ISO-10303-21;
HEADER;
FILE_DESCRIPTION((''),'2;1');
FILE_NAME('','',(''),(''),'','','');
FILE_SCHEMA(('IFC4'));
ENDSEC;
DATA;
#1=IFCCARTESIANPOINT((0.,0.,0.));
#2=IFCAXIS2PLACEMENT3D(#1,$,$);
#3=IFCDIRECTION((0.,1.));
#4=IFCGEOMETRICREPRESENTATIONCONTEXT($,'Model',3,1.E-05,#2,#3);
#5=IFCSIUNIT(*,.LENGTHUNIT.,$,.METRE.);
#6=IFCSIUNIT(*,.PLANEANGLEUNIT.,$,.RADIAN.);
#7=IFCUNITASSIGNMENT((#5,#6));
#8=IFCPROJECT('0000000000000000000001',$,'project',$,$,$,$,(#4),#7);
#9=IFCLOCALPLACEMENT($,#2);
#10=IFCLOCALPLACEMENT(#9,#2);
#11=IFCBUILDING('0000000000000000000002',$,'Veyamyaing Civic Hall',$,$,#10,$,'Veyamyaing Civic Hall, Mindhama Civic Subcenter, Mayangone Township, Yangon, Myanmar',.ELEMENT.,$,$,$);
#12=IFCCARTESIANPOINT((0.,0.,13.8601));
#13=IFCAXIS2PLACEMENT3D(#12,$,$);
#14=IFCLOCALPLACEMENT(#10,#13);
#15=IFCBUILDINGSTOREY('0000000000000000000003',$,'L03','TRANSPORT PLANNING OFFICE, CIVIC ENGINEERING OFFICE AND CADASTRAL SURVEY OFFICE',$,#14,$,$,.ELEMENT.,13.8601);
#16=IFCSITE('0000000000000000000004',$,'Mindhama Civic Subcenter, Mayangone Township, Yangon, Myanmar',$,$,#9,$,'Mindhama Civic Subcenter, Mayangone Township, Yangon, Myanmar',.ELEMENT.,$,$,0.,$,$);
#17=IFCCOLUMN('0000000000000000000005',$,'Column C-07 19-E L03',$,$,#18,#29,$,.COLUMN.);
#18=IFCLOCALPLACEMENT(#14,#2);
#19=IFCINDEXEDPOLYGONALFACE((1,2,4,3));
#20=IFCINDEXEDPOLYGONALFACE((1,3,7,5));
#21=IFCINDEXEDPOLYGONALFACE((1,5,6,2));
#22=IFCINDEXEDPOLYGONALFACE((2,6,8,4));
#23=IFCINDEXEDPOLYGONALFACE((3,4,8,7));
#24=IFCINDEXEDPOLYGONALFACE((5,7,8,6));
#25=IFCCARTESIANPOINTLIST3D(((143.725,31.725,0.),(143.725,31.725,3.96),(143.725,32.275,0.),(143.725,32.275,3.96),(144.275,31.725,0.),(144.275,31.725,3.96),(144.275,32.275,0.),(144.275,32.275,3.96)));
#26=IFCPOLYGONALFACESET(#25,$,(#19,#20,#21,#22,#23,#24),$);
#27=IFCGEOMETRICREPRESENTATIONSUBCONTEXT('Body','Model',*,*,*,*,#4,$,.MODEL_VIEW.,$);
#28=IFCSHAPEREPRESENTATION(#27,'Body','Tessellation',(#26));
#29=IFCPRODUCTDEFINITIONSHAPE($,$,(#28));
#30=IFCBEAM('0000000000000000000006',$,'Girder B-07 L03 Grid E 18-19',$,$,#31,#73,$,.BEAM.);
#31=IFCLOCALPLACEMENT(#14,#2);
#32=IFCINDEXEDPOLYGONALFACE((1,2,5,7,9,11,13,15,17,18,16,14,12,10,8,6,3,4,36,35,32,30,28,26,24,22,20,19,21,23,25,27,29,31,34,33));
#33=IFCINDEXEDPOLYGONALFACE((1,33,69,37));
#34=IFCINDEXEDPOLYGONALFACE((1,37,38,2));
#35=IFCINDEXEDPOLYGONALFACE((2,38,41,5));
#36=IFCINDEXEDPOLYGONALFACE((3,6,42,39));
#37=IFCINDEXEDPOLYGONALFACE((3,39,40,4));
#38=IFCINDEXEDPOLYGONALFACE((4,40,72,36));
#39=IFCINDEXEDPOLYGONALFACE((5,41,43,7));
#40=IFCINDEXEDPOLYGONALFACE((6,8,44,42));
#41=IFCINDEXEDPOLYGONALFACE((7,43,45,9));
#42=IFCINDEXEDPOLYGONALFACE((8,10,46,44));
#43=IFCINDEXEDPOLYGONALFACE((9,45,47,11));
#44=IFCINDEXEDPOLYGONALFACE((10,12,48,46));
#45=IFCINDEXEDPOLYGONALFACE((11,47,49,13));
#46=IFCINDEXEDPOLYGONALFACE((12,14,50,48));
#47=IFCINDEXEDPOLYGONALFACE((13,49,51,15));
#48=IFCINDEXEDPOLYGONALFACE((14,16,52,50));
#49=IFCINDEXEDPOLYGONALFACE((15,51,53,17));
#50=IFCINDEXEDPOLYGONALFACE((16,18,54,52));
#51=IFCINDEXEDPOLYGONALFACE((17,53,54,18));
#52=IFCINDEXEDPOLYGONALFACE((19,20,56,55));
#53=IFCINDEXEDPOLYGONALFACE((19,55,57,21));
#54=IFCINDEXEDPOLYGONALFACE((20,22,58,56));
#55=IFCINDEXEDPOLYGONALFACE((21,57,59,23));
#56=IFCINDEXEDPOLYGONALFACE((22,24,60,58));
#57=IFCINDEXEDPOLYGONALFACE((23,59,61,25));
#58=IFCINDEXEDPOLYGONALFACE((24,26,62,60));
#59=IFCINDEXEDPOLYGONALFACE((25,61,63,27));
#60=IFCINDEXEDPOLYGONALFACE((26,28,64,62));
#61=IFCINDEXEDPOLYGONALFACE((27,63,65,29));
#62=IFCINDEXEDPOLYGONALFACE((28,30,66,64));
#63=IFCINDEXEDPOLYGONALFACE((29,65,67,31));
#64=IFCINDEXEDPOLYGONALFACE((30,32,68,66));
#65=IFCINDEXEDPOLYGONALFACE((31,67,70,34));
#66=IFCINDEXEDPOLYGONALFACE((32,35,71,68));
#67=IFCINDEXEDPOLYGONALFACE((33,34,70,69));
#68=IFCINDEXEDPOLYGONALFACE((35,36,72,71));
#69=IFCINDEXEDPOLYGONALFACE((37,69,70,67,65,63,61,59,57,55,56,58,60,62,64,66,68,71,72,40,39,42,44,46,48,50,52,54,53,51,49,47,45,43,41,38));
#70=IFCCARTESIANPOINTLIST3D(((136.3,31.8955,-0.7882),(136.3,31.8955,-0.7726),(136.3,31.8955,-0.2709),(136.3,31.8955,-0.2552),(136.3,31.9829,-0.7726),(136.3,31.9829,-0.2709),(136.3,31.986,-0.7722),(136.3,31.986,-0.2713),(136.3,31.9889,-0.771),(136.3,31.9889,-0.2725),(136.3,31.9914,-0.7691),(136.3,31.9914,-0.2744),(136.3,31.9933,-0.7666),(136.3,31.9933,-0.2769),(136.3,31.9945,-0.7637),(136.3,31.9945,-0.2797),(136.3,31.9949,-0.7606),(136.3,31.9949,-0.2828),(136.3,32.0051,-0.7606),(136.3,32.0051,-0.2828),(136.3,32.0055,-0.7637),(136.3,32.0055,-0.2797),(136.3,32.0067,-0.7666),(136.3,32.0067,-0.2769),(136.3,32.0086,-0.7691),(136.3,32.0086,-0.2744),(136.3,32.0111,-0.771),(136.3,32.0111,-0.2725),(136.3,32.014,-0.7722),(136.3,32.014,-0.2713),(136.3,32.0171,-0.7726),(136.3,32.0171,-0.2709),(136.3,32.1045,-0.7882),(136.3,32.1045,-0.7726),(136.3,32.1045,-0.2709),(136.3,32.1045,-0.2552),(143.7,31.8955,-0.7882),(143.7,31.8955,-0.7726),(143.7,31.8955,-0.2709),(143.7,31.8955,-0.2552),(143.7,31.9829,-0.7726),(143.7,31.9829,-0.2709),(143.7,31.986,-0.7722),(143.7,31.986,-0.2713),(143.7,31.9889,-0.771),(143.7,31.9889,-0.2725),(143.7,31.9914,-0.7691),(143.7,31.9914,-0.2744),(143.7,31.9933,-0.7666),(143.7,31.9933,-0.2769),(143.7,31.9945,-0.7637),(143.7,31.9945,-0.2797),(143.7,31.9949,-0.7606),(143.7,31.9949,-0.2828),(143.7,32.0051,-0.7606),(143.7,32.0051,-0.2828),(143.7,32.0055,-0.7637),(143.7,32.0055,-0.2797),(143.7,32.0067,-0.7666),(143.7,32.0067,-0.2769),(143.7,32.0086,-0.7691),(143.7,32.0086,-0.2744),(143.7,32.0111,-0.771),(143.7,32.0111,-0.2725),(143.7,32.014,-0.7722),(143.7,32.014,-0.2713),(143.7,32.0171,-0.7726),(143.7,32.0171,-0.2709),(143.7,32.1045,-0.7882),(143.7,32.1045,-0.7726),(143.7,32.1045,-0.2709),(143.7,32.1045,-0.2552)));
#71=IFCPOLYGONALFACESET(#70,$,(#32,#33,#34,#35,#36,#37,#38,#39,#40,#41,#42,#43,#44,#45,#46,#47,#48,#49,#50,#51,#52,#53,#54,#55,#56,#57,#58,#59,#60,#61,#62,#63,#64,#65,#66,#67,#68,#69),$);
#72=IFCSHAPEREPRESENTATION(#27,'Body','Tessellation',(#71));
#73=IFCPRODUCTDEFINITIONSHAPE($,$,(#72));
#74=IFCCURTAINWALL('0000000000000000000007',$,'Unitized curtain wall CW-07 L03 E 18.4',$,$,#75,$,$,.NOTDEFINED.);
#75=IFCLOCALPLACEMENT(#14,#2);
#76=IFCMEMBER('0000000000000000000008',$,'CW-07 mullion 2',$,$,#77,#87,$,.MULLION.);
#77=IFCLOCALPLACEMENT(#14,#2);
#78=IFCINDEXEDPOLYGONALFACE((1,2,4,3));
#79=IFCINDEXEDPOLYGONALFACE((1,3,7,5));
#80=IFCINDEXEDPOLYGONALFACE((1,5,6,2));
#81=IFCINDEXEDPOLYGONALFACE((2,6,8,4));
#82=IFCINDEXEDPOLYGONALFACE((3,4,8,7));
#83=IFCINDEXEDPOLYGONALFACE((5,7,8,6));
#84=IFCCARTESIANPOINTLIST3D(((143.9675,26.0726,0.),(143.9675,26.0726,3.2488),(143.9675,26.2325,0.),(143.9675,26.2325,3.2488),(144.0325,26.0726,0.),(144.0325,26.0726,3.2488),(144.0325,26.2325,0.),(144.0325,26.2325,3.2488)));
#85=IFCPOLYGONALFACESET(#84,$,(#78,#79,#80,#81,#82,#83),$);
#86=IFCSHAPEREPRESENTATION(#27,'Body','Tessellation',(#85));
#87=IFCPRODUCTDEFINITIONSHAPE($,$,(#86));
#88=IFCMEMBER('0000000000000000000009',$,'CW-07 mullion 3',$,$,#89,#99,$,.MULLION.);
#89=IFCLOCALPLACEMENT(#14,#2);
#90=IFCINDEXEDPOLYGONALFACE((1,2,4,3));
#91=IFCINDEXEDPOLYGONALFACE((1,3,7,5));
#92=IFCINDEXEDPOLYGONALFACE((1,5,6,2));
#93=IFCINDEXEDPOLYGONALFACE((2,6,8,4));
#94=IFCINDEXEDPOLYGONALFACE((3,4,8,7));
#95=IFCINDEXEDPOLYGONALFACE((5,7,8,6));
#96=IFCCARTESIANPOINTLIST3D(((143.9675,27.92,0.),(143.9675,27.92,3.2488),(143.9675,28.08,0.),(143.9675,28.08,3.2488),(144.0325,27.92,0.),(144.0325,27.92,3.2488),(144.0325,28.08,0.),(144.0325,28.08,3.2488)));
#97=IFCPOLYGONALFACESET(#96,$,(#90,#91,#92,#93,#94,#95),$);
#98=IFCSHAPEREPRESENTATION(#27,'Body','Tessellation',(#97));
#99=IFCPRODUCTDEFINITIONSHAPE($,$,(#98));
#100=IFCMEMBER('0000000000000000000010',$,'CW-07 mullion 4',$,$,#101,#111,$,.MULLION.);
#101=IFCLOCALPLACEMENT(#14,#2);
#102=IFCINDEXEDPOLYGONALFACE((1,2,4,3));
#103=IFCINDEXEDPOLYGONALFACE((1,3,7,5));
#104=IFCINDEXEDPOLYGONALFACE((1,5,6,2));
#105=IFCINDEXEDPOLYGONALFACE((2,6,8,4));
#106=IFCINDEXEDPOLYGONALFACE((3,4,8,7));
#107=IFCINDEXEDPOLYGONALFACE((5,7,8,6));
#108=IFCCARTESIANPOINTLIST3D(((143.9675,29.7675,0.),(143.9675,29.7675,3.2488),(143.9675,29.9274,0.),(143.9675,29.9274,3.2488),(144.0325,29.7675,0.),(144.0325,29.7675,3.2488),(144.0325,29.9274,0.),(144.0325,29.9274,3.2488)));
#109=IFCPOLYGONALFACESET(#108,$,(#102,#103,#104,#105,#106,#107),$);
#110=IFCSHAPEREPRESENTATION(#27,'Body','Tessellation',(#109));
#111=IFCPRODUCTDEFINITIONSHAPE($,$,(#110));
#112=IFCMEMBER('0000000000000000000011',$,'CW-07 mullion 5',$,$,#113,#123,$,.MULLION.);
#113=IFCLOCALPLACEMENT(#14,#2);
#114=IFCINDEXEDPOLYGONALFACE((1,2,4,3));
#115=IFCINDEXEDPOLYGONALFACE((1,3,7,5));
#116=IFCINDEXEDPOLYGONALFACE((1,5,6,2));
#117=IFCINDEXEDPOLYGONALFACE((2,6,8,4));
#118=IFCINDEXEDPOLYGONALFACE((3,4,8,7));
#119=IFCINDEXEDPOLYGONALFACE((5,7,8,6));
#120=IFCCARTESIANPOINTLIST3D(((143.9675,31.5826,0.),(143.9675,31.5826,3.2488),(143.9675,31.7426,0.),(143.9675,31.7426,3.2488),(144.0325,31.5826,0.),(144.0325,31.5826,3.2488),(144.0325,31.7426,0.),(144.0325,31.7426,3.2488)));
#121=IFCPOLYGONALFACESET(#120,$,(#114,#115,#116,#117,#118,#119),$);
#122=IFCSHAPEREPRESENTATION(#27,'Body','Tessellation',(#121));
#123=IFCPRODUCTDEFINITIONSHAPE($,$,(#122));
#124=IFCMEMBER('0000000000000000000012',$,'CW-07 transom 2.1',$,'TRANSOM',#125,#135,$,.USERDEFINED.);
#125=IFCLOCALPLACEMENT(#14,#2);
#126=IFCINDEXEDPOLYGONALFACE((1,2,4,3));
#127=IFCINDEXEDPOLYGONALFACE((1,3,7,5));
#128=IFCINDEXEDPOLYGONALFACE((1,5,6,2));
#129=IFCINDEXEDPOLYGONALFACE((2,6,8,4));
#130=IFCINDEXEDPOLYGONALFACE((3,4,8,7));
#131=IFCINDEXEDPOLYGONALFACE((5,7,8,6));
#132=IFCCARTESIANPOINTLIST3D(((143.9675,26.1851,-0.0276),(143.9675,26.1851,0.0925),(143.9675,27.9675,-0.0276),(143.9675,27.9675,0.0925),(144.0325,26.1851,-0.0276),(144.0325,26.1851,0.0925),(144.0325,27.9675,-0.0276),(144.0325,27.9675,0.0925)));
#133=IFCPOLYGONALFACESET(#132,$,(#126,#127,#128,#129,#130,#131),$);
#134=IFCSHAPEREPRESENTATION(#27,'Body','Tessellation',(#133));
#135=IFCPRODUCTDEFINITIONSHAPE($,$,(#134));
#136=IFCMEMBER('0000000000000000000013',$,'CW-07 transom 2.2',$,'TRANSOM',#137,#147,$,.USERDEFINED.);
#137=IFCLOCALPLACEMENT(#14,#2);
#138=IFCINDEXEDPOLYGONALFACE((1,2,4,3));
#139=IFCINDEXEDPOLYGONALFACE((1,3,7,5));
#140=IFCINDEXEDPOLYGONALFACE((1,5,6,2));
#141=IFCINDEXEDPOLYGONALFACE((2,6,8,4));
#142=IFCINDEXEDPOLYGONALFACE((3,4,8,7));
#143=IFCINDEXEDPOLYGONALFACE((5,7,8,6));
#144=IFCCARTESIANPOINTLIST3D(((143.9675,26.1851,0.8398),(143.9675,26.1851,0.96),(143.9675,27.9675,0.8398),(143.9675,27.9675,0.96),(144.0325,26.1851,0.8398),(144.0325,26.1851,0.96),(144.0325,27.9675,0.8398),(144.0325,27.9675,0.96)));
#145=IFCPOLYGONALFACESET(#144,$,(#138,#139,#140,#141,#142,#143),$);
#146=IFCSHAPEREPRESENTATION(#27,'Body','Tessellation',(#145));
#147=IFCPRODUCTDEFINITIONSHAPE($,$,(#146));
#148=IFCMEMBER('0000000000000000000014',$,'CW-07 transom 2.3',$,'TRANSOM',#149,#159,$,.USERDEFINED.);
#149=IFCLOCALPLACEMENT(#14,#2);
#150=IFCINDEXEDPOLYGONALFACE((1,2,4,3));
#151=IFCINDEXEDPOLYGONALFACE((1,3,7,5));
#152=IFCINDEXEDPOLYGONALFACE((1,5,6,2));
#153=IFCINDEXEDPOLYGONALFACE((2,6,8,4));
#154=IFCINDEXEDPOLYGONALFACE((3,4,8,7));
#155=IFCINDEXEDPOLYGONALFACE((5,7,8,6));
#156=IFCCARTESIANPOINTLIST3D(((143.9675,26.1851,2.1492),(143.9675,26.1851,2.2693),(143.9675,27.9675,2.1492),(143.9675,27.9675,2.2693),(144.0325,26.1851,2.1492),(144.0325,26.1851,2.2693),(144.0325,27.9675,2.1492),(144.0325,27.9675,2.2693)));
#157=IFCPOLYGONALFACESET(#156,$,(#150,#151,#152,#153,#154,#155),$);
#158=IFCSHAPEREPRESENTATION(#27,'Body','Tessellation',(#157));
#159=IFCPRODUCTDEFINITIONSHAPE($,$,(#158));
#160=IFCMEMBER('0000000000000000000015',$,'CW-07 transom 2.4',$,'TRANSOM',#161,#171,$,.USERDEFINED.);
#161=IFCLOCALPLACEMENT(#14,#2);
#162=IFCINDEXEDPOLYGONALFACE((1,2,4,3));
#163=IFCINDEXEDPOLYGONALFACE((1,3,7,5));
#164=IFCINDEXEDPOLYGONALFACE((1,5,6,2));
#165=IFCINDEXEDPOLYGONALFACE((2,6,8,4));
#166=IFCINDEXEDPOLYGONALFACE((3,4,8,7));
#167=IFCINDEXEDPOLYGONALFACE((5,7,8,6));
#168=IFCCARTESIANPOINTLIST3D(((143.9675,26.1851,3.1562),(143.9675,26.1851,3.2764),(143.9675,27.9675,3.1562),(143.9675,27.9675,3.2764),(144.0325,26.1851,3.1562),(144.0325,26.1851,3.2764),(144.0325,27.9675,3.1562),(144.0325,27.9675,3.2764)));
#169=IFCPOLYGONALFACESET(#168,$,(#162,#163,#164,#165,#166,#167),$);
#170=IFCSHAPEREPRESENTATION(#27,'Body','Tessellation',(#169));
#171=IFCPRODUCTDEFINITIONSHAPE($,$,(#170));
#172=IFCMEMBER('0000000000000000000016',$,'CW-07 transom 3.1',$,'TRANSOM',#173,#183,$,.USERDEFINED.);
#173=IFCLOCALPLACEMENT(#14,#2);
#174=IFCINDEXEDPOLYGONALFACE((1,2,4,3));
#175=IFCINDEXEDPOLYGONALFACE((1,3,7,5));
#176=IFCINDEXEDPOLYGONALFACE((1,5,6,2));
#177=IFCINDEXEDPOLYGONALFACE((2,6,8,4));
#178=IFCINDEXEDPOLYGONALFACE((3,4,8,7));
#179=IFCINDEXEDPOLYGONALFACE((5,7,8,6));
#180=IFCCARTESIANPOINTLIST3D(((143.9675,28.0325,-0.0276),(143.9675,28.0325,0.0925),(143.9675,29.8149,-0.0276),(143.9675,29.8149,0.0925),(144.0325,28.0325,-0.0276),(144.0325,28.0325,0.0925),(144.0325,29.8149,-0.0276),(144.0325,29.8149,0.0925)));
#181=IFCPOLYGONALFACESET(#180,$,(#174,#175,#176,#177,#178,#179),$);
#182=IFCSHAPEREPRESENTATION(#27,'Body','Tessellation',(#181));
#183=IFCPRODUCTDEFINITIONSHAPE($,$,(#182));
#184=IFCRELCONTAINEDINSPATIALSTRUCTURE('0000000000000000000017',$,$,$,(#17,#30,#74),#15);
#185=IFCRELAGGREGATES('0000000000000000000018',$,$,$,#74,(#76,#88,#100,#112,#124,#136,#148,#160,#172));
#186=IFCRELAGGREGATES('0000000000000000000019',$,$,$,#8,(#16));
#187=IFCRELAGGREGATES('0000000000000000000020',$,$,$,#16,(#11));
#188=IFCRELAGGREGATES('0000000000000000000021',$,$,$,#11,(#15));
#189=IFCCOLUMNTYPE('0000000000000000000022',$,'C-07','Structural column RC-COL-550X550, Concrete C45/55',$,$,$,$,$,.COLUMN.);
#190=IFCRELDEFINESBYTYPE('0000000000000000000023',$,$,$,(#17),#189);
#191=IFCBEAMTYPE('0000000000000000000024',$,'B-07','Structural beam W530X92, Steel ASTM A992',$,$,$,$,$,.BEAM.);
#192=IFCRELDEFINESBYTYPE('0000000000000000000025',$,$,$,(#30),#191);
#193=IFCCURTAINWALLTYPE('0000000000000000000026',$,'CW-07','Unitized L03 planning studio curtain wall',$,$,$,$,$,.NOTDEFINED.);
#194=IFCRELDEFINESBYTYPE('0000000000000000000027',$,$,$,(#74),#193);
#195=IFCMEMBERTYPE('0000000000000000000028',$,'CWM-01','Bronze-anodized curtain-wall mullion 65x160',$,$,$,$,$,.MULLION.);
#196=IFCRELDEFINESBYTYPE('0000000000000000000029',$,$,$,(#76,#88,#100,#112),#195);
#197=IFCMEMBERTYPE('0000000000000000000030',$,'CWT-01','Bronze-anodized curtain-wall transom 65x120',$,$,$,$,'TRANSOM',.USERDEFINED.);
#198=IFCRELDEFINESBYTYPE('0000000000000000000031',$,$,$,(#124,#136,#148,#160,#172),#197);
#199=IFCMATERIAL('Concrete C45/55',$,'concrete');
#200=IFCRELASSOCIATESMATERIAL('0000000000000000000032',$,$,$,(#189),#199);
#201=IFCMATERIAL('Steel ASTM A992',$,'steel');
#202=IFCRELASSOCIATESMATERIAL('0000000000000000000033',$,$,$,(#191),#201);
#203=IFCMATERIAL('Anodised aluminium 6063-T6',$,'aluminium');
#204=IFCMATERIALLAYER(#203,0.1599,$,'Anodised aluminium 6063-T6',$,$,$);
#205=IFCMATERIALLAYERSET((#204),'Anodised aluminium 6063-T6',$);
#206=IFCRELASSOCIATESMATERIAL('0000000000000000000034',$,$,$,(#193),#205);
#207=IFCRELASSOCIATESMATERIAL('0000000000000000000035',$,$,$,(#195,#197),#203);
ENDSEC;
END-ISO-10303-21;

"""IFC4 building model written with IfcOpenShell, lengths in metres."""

from ifc_helpers import new_model, si_unit, direction, frame, origin, origin_2d, place, context, subcontext, project, spatial, rectangle, i_section, extrude, material, layer, layer_set, material_profile, profile_set, type_object, element, aggregate, save


model = new_model("IFC4")

# Units and contexts
model_context = context("Model", 3, precision=1e-05, world=origin(), true_north=direction((0.0, 1.0)))
body_context = subcontext(model_context, "Body", "Model", "MODEL_VIEW")
ifc_project = project(units=[si_unit("LENGTHUNIT", "METRE"), si_unit("PLANEANGLEUNIT", "RADIAN")], contexts=[model_context])

# Site, building, storey
site_placement = place(None, origin())
site = spatial("IfcSite", under=ifc_project, at=site_placement, Name="Mindhama Civic Subcenter, Mayangone Township, Yangon, Myanmar", LongName="Mindhama Civic Subcenter, Mayangone Township, Yangon, Myanmar", CompositionType="ELEMENT", RefElevation=0.0)
building_placement = place(site_placement, origin())
building = spatial("IfcBuilding", under=site, at=building_placement, Name="Veyamyaing Civic Hall", LongName="Veyamyaing Civic Hall, Mindhama Civic Subcenter, Mayangone Township, Yangon, Myanmar", CompositionType="ELEMENT")
storey_placement = place(building_placement, frame((0.0, 0.0, 13.8601)))
storey = spatial("IfcBuildingStorey", under=building, at=storey_placement, Name="L03", Description="TRANSPORT PLANNING OFFICE, CIVIC ENGINEERING OFFICE AND CADASTRAL SURVEY OFFICE", CompositionType="ELEMENT", Elevation=13.8601)

# Column
ifc_material_1 = material(Name="Concrete C45/55", Category="concrete")
ifc_material_profile_1 = material_profile(ifc_material_1, rectangle(XDim=0.55, YDim=0.55, at=origin_2d()), Name="RC-COL-550X550")
ifc_profile_set_1 = profile_set([ifc_material_profile_1], Name="Concrete C45/55")
column_type = type_object("IfcColumnType", Name="C-07", Description="Structural column RC-COL-550X550, Concrete C45/55", PredefinedType="COLUMN", material=ifc_profile_set_1)
column_placement = place(storey_placement, frame((144.0, 32.0, 0.0), z_axis=(0.0, 0.0, 1.0), x_axis=(1.0, 0.0, 0.0)))
element("IfcColumn", 1, at=column_placement, inside=storey, type_object=column_type, Name="Column C-07 19-E L03", PredefinedType="COLUMN", context=body_context, shape_type="SweptSolid", body=[
    extrude(rectangle(XDim=0.55, YDim=0.55, at=origin_2d()), origin(), (0.0, 0.0, 1.0), 3.96),
])

# Beam
ifc_material_2 = material(Name="Steel ASTM A992", Category="steel")
ifc_material_profile_2 = material_profile(ifc_material_2, i_section(OverallWidth=0.209, OverallDepth=0.533, WebThickness=0.0103, FlangeThickness=0.0156, FilletRadius=0.012, at=origin_2d()), Name="W530X92")
ifc_profile_set_2 = profile_set([ifc_material_profile_2], Name="Steel ASTM A992")
beam_type_1 = type_object("IfcBeamType", Name="B-07", Description="Structural beam W530X92, Steel ASTM A992", PredefinedType="BEAM", material=ifc_profile_set_2)
beam_placement = place(storey_placement, frame((136.3, 32.0, -0.5217), z_axis=(1.0, 0.0, 0.0), x_axis=(0.0, 1.0, 0.0)))
element("IfcBeam", 2, at=beam_placement, inside=storey, type_object=beam_type_1, Name="Girder B-07 L03 Grid E 18-19", PredefinedType="BEAM", context=body_context, shape_type="SweptSolid", body=[
    extrude(i_section(OverallWidth=0.209, OverallDepth=0.533, WebThickness=0.0103, FlangeThickness=0.0156, FilletRadius=0.012, at=origin_2d()), origin(), (0.0, 0.0, 1.0), 7.3999),
])

# Curtain wall, members
ifc_material_3 = material(Name="Anodised aluminium 6063-T6", Category="aluminium")
ifc_layer_1 = layer(ifc_material_3, 0.1599, Name="Anodised aluminium 6063-T6")
ifc_layer_set_1 = layer_set([ifc_layer_1], Name="Anodised aluminium 6063-T6")
curtain_wall_type = type_object("IfcCurtainWallType", Name="CW-07", Description="Unitized L03 planning studio curtain wall", PredefinedType="NOTDEFINED", material=ifc_layer_set_1)
curtain_wall_placement = place(storey_placement, origin())
curtain_wall = element("IfcCurtainWall", 3, at=curtain_wall_placement, inside=storey, type_object=curtain_wall_type, Name="Unitized curtain wall CW-07 L03 E 18.4", PredefinedType="NOTDEFINED")
ifc_material_profile_3 = material_profile(ifc_material_3, rectangle(XDim=0.0649, YDim=0.1599, at=origin_2d()), Name="ALU-MUL-65X160")
ifc_profile_set_3 = profile_set([ifc_material_profile_3], Name="Anodised aluminium 6063-T6")
member_type_1 = type_object("IfcMemberType", Name="CWM-01", Description="Bronze-anodized curtain-wall mullion 65x160", PredefinedType="MULLION", material=ifc_profile_set_3)
member_1_placement = place(storey_placement, frame((144.0, 26.1526, 0.0), z_axis=(0.0, 0.0, 1.0), x_axis=(-1.0, 0.0, 0.0)))
member_1 = element("IfcMember", 4, at=member_1_placement, type_object=member_type_1, Name="CW-07 mullion 2", PredefinedType="MULLION", context=body_context, shape_type="SweptSolid", body=[
    extrude(rectangle(XDim=0.0649, YDim=0.1599, at=origin_2d()), origin(), (0.0, 0.0, 1.0), 3.2488),
])
member_2_placement = place(storey_placement, frame((144.0, 28.0, 0.0), z_axis=(0.0, 0.0, 1.0), x_axis=(-1.0, 0.0, 0.0)))
member_2 = element("IfcMember", 5, at=member_2_placement, type_object=member_type_1, Name="CW-07 mullion 3", PredefinedType="MULLION", context=body_context, shape_type="SweptSolid", body=[
    extrude(rectangle(XDim=0.0649, YDim=0.1599, at=origin_2d()), origin(), (0.0, 0.0, 1.0), 3.2488),
])
member_3_placement = place(storey_placement, frame((144.0, 29.8474, 0.0), z_axis=(0.0, 0.0, 1.0), x_axis=(-1.0, 0.0, 0.0)))
member_3 = element("IfcMember", 6, at=member_3_placement, type_object=member_type_1, Name="CW-07 mullion 4", PredefinedType="MULLION", context=body_context, shape_type="SweptSolid", body=[
    extrude(rectangle(XDim=0.0649, YDim=0.1599, at=origin_2d()), origin(), (0.0, 0.0, 1.0), 3.2488),
])
member_4_placement = place(storey_placement, frame((144.0, 31.6626, 0.0), z_axis=(0.0, 0.0, 1.0), x_axis=(-1.0, 0.0, 0.0)))
member_4 = element("IfcMember", 7, at=member_4_placement, type_object=member_type_1, Name="CW-07 mullion 5", PredefinedType="MULLION", context=body_context, shape_type="SweptSolid", body=[
    extrude(rectangle(XDim=0.0649, YDim=0.1599, at=origin_2d()), origin(), (0.0, 0.0, 1.0), 3.2488),
])
ifc_material_profile_4 = material_profile(ifc_material_3, rectangle(XDim=0.0649, YDim=0.1201, at=origin_2d()), Name="ALU-TRN-65X120")
ifc_profile_set_4 = profile_set([ifc_material_profile_4], Name="Anodised aluminium 6063-T6")
member_type_2 = type_object("IfcMemberType", Name="CWT-01", Description="Bronze-anodized curtain-wall transom 65x120", ElementType="TRANSOM", PredefinedType="USERDEFINED", material=ifc_profile_set_4)
member_5_placement = place(storey_placement, frame((144.0, 26.1851, 0.0325), z_axis=(0.0, 1.0, 0.0), x_axis=(-1.0, 0.0, 0.0)))
member_5 = element("IfcMember", 8, at=member_5_placement, type_object=member_type_2, Name="CW-07 transom 2.1", ObjectType="TRANSOM", PredefinedType="USERDEFINED", context=body_context, shape_type="SweptSolid", body=[
    extrude(rectangle(XDim=0.0649, YDim=0.1201, at=origin_2d()), origin(), (0.0, 0.0, 1.0), 1.7825),
])
member_6_placement = place(storey_placement, frame((144.0, 26.1851, 0.8999), z_axis=(0.0, 1.0, 0.0), x_axis=(-1.0, 0.0, 0.0)))
member_6 = element("IfcMember", 9, at=member_6_placement, type_object=member_type_2, Name="CW-07 transom 2.2", ObjectType="TRANSOM", PredefinedType="USERDEFINED", context=body_context, shape_type="SweptSolid", body=[
    extrude(rectangle(XDim=0.0649, YDim=0.1201, at=origin_2d()), origin(), (0.0, 0.0, 1.0), 1.7825),
])
member_7_placement = place(storey_placement, frame((144.0, 26.1851, 2.2092), z_axis=(0.0, 1.0, 0.0), x_axis=(-1.0, 0.0, 0.0)))
member_7 = element("IfcMember", 10, at=member_7_placement, type_object=member_type_2, Name="CW-07 transom 2.3", ObjectType="TRANSOM", PredefinedType="USERDEFINED", context=body_context, shape_type="SweptSolid", body=[
    extrude(rectangle(XDim=0.0649, YDim=0.1201, at=origin_2d()), origin(), (0.0, 0.0, 1.0), 1.7825),
])
member_8_placement = place(storey_placement, frame((144.0, 26.1851, 3.2163), z_axis=(0.0, 1.0, 0.0), x_axis=(-1.0, 0.0, 0.0)))
member_8 = element("IfcMember", 11, at=member_8_placement, type_object=member_type_2, Name="CW-07 transom 2.4", ObjectType="TRANSOM", PredefinedType="USERDEFINED", context=body_context, shape_type="SweptSolid", body=[
    extrude(rectangle(XDim=0.0649, YDim=0.1201, at=origin_2d()), origin(), (0.0, 0.0, 1.0), 1.7825),
])
member_9_placement = place(storey_placement, frame((144.0, 28.0325, 0.0325), z_axis=(0.0, 1.0, 0.0), x_axis=(-1.0, 0.0, 0.0)))
member_9 = element("IfcMember", 12, at=member_9_placement, type_object=member_type_2, Name="CW-07 transom 3.1", ObjectType="TRANSOM", PredefinedType="USERDEFINED", context=body_context, shape_type="SweptSolid", body=[
    extrude(rectangle(XDim=0.0649, YDim=0.1201, at=origin_2d()), origin(), (0.0, 0.0, 1.0), 1.7825),
])

aggregate(curtain_wall, [member_1, member_2, member_3, member_4, member_5, member_6, member_7, member_8, member_9])

save(model, "model.ifc")
